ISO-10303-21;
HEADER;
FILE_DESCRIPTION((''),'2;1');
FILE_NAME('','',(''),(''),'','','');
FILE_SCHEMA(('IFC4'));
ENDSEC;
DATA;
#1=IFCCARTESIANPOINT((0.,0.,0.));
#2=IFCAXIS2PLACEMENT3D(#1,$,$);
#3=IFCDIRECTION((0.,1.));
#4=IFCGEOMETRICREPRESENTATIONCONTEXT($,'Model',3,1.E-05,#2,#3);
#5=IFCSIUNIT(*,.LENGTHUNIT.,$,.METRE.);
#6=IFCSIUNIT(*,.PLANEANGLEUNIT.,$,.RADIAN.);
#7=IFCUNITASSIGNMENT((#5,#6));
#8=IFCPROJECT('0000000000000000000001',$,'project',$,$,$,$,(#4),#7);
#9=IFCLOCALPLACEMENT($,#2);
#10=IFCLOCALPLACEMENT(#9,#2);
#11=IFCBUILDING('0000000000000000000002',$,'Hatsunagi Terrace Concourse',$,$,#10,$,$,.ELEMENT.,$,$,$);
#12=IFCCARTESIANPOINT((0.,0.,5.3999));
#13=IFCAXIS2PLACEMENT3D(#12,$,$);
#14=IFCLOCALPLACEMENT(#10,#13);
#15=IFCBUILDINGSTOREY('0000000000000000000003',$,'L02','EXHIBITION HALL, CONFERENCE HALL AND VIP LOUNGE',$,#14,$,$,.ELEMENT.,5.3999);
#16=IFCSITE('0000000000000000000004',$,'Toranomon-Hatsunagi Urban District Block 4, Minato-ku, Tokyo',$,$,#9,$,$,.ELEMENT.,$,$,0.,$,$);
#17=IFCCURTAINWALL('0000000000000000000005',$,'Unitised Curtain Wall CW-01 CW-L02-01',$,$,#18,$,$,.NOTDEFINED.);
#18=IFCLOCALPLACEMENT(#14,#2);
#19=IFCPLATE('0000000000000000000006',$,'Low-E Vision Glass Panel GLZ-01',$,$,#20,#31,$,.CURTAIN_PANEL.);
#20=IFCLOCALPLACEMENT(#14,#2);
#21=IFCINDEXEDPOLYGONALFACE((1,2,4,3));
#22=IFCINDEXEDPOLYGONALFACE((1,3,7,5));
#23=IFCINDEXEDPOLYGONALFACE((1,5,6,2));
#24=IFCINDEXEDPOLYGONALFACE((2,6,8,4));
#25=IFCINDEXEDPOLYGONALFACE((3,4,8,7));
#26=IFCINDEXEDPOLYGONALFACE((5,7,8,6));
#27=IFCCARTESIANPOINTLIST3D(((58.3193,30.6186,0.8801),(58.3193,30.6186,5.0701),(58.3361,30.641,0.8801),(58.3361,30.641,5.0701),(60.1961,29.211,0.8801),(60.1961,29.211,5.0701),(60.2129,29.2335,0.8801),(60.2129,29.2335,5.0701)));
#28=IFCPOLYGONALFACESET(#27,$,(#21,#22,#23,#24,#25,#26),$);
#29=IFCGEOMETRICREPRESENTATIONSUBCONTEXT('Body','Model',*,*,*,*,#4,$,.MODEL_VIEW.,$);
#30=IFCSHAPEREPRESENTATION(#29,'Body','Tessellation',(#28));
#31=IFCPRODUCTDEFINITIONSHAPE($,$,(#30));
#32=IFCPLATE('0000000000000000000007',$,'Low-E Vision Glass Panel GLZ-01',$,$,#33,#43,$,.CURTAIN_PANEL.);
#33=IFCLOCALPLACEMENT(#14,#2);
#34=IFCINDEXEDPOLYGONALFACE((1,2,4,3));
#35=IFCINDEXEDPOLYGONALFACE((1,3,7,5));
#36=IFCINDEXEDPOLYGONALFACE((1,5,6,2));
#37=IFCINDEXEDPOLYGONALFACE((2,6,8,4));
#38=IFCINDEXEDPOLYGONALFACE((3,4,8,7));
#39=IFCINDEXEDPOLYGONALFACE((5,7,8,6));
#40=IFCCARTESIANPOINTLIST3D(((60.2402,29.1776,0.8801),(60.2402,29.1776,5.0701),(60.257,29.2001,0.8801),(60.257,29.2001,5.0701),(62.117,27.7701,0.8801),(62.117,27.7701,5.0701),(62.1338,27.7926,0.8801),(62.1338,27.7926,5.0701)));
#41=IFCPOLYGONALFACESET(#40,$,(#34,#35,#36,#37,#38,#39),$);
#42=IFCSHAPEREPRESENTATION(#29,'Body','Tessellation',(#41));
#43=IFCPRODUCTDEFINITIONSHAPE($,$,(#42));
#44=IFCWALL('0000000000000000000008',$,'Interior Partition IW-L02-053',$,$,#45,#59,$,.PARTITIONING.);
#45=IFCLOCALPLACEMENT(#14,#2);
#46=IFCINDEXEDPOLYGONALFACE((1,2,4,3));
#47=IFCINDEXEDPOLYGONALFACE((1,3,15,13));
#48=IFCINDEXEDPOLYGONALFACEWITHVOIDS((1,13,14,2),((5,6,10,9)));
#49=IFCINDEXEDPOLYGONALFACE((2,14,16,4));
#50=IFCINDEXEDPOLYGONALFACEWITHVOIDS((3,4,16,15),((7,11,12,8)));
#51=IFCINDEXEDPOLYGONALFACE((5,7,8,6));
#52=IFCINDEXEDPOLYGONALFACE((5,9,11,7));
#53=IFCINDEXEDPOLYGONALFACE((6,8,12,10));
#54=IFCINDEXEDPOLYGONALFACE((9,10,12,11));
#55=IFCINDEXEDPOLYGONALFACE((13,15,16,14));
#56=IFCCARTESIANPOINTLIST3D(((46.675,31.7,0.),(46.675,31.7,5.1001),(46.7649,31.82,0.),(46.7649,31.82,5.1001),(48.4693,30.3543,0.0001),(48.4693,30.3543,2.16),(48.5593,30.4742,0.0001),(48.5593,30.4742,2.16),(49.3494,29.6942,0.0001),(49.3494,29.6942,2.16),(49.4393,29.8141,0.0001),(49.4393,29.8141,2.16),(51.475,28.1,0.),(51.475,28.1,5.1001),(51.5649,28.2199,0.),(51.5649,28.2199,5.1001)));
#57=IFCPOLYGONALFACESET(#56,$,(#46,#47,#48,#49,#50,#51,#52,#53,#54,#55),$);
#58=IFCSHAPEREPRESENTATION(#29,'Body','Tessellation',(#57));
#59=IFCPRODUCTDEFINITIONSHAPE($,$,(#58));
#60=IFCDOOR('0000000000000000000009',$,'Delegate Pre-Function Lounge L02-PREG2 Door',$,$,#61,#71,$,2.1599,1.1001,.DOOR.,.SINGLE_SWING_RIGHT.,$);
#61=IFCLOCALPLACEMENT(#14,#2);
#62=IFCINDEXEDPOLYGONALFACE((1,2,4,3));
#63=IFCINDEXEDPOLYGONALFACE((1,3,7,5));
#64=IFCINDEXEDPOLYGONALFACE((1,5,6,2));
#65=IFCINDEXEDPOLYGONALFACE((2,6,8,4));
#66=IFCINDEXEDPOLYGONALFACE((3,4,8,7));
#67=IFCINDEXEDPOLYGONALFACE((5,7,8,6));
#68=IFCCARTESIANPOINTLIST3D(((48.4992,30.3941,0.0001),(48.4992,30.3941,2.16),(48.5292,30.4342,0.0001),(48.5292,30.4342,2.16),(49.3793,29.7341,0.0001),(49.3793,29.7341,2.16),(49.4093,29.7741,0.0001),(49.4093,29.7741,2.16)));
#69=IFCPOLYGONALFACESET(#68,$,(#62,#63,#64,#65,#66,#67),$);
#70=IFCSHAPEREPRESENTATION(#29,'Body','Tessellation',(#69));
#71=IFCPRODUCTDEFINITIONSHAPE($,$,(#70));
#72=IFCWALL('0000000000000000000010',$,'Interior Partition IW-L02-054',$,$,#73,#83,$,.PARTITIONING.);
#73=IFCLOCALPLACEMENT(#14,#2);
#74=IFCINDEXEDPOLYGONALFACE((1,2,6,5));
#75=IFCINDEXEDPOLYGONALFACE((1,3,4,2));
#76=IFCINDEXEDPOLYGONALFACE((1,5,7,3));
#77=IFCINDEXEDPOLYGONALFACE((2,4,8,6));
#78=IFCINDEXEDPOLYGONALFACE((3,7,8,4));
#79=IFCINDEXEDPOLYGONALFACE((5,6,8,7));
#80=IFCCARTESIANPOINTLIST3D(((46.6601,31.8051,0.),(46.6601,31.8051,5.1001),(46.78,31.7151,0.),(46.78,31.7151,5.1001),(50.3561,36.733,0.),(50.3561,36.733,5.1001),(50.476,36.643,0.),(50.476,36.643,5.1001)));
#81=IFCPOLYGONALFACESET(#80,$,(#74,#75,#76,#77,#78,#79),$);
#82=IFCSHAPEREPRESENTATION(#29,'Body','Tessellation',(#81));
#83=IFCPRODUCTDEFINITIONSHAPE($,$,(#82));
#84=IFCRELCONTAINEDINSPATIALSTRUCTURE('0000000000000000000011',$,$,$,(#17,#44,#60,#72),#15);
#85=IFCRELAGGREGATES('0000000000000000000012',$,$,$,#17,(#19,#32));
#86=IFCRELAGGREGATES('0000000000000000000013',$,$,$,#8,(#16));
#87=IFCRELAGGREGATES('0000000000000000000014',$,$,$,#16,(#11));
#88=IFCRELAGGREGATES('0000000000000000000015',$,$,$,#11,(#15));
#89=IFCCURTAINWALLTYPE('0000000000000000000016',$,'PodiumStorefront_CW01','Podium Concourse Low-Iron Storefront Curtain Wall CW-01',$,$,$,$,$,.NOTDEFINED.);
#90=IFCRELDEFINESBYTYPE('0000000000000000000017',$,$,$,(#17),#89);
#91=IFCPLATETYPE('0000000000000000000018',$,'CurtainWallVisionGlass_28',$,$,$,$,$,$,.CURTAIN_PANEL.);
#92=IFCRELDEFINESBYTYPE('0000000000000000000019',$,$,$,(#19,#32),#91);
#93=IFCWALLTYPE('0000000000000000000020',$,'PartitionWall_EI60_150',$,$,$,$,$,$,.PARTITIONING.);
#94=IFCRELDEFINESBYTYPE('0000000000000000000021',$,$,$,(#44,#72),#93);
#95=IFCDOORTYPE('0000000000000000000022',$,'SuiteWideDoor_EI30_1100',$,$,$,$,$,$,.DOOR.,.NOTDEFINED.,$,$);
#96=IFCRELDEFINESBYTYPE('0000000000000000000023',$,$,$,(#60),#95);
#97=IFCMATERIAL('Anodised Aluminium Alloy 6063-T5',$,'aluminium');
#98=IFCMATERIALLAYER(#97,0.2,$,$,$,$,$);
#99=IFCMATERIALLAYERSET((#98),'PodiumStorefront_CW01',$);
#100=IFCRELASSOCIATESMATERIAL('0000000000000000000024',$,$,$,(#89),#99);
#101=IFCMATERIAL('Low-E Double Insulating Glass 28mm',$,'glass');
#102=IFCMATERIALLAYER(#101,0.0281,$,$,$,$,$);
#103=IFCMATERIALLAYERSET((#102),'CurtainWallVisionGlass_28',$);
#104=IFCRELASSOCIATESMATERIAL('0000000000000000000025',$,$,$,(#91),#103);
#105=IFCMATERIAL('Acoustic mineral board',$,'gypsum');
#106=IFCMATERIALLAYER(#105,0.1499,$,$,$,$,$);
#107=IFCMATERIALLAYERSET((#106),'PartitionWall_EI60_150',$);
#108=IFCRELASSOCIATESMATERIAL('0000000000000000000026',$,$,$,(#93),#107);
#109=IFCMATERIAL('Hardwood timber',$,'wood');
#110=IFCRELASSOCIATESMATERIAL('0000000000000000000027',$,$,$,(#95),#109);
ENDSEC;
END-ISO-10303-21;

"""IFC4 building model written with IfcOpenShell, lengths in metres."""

from ifc_helpers import new_model, si_unit, direction, frame, frame_2d, origin, origin_2d, place, context, subcontext, project, spatial, rectangle, extrude, material, layer, layer_set, type_object, element, fill, aggregate, save


model = new_model("IFC4")

# Units and contexts
model_context = context("Model", 3, precision=1e-05, world=origin(), true_north=direction((0.0, 1.0)))
body_context = subcontext(model_context, "Body", "Model", "MODEL_VIEW")
ifc_project = project(units=[si_unit("LENGTHUNIT", "METRE"), si_unit("PLANEANGLEUNIT", "RADIAN")], contexts=[model_context])

# Site, building, storey
site_placement = place(None, origin())
site = spatial("IfcSite", under=ifc_project, at=site_placement, Name="Toranomon-Hatsunagi Urban District Block 4, Minato-ku, Tokyo", CompositionType="ELEMENT", RefElevation=0.0)
building_placement = place(site_placement, origin())
building = spatial("IfcBuilding", under=site, at=building_placement, Name="Hatsunagi Terrace Concourse", CompositionType="ELEMENT")
storey_placement = place(building_placement, frame((0.0, 0.0, 5.3999)))
storey = spatial("IfcBuildingStorey", under=building, at=storey_placement, Name="L02", Description="EXHIBITION HALL, CONFERENCE HALL AND VIP LOUNGE", CompositionType="ELEMENT", Elevation=5.3999)

# Curtain wall
ifc_material_1 = material(Name="Anodised Aluminium Alloy 6063-T5", Category="aluminium")
ifc_layer_1 = layer(ifc_material_1, 0.2)
ifc_layer_set_1 = layer_set([ifc_layer_1], Name="PodiumStorefront_CW01")
curtain_wall_type = type_object("IfcCurtainWallType", Name="PodiumStorefront_CW01", Description="Podium Concourse Low-Iron Storefront Curtain Wall CW-01", PredefinedType="NOTDEFINED", material=ifc_layer_set_1)
curtain_wall_placement = place(storey_placement, origin())
curtain_wall = element("IfcCurtainWall", 1, at=curtain_wall_placement, inside=storey, type_object=curtain_wall_type, Name="Unitised Curtain Wall CW-01 CW-L02-01", PredefinedType="NOTDEFINED")

# Plates
ifc_material_2 = material(Name="Low-E Double Insulating Glass 28mm", Category="glass")
ifc_layer_2 = layer(ifc_material_2, 0.0281)
ifc_layer_set_2 = layer_set([ifc_layer_2], Name="CurtainWallVisionGlass_28")
plate_type_1 = type_object("IfcPlateType", Name="CurtainWallVisionGlass_28", PredefinedType="CURTAIN_PANEL", material=ifc_layer_set_2)
plate_1_placement = place(storey_placement, frame((59.2661, 29.926, 0.8801), z_axis=(0.0, 0.0, 1.0), x_axis=(0.800007, -0.59999, 0.0)))
plate_1 = element("IfcPlate", 2, at=plate_1_placement, type_object=plate_type_1, Name="Low-E Vision Glass Panel GLZ-01", PredefinedType="CURTAIN_PANEL", context=body_context, shape_type="SweptSolid", body=[
    extrude(rectangle(XDim=2.3459, YDim=0.0281, at=origin_2d()), origin(), (0.0, 0.0, 1.0), 4.1899),
])
plate_2_placement = place(storey_placement, frame((61.187, 28.4851, 0.8801), z_axis=(0.0, 0.0, 1.0), x_axis=(0.800007, -0.59999, 0.0)))
plate_2 = element("IfcPlate", 3, at=plate_2_placement, type_object=plate_type_1, Name="Low-E Vision Glass Panel GLZ-01", PredefinedType="CURTAIN_PANEL", context=body_context, shape_type="SweptSolid", body=[
    extrude(rectangle(XDim=2.3459, YDim=0.0281, at=origin_2d()), origin(), (0.0, 0.0, 1.0), 4.1899),
])
aggregate(curtain_wall, [plate_1, plate_2])

# Wall, opening, door
ifc_material_3 = material(Name="Acoustic mineral board", Category="gypsum")
ifc_layer_3 = layer(ifc_material_3, 0.1499)
ifc_layer_set_3 = layer_set([ifc_layer_3], Name="PartitionWall_EI60_150")
wall_type_1 = type_object("IfcWallType", Name="PartitionWall_EI60_150", PredefinedType="PARTITIONING", material=ifc_layer_set_3)
wall_1_placement = place(storey_placement, frame((46.72, 31.76, 0.0), z_axis=(0.0, 0.0, 1.0), x_axis=(0.799995, -0.600007, 0.0)))
wall_1 = element("IfcWall", 4, at=wall_1_placement, inside=storey, type_object=wall_type_1, Name="Interior Partition IW-L02-053", PredefinedType="PARTITIONING", context=body_context, shape_type="SweptSolid", body=[
    extrude(rectangle(XDim=6.0, YDim=0.1499, at=frame_2d((3.0, 0.0))), origin(), (0.0, 0.0, 1.0), 5.1001),
])
opening_1_placement = place(wall_1_placement, frame((2.2429, 0.0, 0.0)))
opening_1 = element("IfcOpeningElement", 5, at=opening_1_placement, cuts=wall_1, PredefinedType="OPENING", context=body_context, shape_type="SweptSolid", body=[
    extrude(rectangle(XDim=1.1001, YDim=2.1599, at=frame_2d((0.55, 1.0801))), frame((0.0, 0.085, 0.0), z_axis=(0.0, -1.0, 0.0), x_axis=(1.0, 0.0, 0.0)), (0.0, 0.0, 1.0), 0.1699),
])
ifc_material_4 = material(Name="Hardwood timber", Category="wood")
door_type_1 = type_object("IfcDoorType", Name="SuiteWideDoor_EI30_1100", OperationType="NOTDEFINED", PredefinedType="DOOR", material=ifc_material_4)
door_1_placement = place(opening_1_placement, origin())
door_1 = element("IfcDoor", 6, at=door_1_placement, inside=storey, type_object=door_type_1, Name="Delegate Pre-Function Lounge L02-PREG2 Door", OperationType="SINGLE_SWING_RIGHT", OverallHeight=2.1599, OverallWidth=1.1001, PredefinedType="DOOR", context=body_context, shape_type="SweptSolid", body=[
    extrude(rectangle(XDim=1.1001, YDim=2.1599, at=frame_2d((0.55, 1.0801))), frame((0.0, 0.0249, 0.0), z_axis=(0.0, -1.0, 0.0), x_axis=(1.0, 0.0, 0.0)), (0.0, 0.0, 1.0), 0.05),
])
fill(opening_1, door_1)

# Wall
wall_2_placement = place(storey_placement, frame((46.72, 31.76, 0.0), z_axis=(0.0, 0.0, 1.0), x_axis=(0.600006, 0.799995, 0.0)))
element("IfcWall", 7, at=wall_2_placement, inside=storey, type_object=wall_type_1, Name="Interior Partition IW-L02-054", PredefinedType="PARTITIONING", context=body_context, shape_type="SweptSolid", body=[
    extrude(rectangle(XDim=6.1599, YDim=0.1499, at=frame_2d((3.0801, 0.0))), origin(), (0.0, 0.0, 1.0), 5.1001),
])

save(model, "model.ifc")
